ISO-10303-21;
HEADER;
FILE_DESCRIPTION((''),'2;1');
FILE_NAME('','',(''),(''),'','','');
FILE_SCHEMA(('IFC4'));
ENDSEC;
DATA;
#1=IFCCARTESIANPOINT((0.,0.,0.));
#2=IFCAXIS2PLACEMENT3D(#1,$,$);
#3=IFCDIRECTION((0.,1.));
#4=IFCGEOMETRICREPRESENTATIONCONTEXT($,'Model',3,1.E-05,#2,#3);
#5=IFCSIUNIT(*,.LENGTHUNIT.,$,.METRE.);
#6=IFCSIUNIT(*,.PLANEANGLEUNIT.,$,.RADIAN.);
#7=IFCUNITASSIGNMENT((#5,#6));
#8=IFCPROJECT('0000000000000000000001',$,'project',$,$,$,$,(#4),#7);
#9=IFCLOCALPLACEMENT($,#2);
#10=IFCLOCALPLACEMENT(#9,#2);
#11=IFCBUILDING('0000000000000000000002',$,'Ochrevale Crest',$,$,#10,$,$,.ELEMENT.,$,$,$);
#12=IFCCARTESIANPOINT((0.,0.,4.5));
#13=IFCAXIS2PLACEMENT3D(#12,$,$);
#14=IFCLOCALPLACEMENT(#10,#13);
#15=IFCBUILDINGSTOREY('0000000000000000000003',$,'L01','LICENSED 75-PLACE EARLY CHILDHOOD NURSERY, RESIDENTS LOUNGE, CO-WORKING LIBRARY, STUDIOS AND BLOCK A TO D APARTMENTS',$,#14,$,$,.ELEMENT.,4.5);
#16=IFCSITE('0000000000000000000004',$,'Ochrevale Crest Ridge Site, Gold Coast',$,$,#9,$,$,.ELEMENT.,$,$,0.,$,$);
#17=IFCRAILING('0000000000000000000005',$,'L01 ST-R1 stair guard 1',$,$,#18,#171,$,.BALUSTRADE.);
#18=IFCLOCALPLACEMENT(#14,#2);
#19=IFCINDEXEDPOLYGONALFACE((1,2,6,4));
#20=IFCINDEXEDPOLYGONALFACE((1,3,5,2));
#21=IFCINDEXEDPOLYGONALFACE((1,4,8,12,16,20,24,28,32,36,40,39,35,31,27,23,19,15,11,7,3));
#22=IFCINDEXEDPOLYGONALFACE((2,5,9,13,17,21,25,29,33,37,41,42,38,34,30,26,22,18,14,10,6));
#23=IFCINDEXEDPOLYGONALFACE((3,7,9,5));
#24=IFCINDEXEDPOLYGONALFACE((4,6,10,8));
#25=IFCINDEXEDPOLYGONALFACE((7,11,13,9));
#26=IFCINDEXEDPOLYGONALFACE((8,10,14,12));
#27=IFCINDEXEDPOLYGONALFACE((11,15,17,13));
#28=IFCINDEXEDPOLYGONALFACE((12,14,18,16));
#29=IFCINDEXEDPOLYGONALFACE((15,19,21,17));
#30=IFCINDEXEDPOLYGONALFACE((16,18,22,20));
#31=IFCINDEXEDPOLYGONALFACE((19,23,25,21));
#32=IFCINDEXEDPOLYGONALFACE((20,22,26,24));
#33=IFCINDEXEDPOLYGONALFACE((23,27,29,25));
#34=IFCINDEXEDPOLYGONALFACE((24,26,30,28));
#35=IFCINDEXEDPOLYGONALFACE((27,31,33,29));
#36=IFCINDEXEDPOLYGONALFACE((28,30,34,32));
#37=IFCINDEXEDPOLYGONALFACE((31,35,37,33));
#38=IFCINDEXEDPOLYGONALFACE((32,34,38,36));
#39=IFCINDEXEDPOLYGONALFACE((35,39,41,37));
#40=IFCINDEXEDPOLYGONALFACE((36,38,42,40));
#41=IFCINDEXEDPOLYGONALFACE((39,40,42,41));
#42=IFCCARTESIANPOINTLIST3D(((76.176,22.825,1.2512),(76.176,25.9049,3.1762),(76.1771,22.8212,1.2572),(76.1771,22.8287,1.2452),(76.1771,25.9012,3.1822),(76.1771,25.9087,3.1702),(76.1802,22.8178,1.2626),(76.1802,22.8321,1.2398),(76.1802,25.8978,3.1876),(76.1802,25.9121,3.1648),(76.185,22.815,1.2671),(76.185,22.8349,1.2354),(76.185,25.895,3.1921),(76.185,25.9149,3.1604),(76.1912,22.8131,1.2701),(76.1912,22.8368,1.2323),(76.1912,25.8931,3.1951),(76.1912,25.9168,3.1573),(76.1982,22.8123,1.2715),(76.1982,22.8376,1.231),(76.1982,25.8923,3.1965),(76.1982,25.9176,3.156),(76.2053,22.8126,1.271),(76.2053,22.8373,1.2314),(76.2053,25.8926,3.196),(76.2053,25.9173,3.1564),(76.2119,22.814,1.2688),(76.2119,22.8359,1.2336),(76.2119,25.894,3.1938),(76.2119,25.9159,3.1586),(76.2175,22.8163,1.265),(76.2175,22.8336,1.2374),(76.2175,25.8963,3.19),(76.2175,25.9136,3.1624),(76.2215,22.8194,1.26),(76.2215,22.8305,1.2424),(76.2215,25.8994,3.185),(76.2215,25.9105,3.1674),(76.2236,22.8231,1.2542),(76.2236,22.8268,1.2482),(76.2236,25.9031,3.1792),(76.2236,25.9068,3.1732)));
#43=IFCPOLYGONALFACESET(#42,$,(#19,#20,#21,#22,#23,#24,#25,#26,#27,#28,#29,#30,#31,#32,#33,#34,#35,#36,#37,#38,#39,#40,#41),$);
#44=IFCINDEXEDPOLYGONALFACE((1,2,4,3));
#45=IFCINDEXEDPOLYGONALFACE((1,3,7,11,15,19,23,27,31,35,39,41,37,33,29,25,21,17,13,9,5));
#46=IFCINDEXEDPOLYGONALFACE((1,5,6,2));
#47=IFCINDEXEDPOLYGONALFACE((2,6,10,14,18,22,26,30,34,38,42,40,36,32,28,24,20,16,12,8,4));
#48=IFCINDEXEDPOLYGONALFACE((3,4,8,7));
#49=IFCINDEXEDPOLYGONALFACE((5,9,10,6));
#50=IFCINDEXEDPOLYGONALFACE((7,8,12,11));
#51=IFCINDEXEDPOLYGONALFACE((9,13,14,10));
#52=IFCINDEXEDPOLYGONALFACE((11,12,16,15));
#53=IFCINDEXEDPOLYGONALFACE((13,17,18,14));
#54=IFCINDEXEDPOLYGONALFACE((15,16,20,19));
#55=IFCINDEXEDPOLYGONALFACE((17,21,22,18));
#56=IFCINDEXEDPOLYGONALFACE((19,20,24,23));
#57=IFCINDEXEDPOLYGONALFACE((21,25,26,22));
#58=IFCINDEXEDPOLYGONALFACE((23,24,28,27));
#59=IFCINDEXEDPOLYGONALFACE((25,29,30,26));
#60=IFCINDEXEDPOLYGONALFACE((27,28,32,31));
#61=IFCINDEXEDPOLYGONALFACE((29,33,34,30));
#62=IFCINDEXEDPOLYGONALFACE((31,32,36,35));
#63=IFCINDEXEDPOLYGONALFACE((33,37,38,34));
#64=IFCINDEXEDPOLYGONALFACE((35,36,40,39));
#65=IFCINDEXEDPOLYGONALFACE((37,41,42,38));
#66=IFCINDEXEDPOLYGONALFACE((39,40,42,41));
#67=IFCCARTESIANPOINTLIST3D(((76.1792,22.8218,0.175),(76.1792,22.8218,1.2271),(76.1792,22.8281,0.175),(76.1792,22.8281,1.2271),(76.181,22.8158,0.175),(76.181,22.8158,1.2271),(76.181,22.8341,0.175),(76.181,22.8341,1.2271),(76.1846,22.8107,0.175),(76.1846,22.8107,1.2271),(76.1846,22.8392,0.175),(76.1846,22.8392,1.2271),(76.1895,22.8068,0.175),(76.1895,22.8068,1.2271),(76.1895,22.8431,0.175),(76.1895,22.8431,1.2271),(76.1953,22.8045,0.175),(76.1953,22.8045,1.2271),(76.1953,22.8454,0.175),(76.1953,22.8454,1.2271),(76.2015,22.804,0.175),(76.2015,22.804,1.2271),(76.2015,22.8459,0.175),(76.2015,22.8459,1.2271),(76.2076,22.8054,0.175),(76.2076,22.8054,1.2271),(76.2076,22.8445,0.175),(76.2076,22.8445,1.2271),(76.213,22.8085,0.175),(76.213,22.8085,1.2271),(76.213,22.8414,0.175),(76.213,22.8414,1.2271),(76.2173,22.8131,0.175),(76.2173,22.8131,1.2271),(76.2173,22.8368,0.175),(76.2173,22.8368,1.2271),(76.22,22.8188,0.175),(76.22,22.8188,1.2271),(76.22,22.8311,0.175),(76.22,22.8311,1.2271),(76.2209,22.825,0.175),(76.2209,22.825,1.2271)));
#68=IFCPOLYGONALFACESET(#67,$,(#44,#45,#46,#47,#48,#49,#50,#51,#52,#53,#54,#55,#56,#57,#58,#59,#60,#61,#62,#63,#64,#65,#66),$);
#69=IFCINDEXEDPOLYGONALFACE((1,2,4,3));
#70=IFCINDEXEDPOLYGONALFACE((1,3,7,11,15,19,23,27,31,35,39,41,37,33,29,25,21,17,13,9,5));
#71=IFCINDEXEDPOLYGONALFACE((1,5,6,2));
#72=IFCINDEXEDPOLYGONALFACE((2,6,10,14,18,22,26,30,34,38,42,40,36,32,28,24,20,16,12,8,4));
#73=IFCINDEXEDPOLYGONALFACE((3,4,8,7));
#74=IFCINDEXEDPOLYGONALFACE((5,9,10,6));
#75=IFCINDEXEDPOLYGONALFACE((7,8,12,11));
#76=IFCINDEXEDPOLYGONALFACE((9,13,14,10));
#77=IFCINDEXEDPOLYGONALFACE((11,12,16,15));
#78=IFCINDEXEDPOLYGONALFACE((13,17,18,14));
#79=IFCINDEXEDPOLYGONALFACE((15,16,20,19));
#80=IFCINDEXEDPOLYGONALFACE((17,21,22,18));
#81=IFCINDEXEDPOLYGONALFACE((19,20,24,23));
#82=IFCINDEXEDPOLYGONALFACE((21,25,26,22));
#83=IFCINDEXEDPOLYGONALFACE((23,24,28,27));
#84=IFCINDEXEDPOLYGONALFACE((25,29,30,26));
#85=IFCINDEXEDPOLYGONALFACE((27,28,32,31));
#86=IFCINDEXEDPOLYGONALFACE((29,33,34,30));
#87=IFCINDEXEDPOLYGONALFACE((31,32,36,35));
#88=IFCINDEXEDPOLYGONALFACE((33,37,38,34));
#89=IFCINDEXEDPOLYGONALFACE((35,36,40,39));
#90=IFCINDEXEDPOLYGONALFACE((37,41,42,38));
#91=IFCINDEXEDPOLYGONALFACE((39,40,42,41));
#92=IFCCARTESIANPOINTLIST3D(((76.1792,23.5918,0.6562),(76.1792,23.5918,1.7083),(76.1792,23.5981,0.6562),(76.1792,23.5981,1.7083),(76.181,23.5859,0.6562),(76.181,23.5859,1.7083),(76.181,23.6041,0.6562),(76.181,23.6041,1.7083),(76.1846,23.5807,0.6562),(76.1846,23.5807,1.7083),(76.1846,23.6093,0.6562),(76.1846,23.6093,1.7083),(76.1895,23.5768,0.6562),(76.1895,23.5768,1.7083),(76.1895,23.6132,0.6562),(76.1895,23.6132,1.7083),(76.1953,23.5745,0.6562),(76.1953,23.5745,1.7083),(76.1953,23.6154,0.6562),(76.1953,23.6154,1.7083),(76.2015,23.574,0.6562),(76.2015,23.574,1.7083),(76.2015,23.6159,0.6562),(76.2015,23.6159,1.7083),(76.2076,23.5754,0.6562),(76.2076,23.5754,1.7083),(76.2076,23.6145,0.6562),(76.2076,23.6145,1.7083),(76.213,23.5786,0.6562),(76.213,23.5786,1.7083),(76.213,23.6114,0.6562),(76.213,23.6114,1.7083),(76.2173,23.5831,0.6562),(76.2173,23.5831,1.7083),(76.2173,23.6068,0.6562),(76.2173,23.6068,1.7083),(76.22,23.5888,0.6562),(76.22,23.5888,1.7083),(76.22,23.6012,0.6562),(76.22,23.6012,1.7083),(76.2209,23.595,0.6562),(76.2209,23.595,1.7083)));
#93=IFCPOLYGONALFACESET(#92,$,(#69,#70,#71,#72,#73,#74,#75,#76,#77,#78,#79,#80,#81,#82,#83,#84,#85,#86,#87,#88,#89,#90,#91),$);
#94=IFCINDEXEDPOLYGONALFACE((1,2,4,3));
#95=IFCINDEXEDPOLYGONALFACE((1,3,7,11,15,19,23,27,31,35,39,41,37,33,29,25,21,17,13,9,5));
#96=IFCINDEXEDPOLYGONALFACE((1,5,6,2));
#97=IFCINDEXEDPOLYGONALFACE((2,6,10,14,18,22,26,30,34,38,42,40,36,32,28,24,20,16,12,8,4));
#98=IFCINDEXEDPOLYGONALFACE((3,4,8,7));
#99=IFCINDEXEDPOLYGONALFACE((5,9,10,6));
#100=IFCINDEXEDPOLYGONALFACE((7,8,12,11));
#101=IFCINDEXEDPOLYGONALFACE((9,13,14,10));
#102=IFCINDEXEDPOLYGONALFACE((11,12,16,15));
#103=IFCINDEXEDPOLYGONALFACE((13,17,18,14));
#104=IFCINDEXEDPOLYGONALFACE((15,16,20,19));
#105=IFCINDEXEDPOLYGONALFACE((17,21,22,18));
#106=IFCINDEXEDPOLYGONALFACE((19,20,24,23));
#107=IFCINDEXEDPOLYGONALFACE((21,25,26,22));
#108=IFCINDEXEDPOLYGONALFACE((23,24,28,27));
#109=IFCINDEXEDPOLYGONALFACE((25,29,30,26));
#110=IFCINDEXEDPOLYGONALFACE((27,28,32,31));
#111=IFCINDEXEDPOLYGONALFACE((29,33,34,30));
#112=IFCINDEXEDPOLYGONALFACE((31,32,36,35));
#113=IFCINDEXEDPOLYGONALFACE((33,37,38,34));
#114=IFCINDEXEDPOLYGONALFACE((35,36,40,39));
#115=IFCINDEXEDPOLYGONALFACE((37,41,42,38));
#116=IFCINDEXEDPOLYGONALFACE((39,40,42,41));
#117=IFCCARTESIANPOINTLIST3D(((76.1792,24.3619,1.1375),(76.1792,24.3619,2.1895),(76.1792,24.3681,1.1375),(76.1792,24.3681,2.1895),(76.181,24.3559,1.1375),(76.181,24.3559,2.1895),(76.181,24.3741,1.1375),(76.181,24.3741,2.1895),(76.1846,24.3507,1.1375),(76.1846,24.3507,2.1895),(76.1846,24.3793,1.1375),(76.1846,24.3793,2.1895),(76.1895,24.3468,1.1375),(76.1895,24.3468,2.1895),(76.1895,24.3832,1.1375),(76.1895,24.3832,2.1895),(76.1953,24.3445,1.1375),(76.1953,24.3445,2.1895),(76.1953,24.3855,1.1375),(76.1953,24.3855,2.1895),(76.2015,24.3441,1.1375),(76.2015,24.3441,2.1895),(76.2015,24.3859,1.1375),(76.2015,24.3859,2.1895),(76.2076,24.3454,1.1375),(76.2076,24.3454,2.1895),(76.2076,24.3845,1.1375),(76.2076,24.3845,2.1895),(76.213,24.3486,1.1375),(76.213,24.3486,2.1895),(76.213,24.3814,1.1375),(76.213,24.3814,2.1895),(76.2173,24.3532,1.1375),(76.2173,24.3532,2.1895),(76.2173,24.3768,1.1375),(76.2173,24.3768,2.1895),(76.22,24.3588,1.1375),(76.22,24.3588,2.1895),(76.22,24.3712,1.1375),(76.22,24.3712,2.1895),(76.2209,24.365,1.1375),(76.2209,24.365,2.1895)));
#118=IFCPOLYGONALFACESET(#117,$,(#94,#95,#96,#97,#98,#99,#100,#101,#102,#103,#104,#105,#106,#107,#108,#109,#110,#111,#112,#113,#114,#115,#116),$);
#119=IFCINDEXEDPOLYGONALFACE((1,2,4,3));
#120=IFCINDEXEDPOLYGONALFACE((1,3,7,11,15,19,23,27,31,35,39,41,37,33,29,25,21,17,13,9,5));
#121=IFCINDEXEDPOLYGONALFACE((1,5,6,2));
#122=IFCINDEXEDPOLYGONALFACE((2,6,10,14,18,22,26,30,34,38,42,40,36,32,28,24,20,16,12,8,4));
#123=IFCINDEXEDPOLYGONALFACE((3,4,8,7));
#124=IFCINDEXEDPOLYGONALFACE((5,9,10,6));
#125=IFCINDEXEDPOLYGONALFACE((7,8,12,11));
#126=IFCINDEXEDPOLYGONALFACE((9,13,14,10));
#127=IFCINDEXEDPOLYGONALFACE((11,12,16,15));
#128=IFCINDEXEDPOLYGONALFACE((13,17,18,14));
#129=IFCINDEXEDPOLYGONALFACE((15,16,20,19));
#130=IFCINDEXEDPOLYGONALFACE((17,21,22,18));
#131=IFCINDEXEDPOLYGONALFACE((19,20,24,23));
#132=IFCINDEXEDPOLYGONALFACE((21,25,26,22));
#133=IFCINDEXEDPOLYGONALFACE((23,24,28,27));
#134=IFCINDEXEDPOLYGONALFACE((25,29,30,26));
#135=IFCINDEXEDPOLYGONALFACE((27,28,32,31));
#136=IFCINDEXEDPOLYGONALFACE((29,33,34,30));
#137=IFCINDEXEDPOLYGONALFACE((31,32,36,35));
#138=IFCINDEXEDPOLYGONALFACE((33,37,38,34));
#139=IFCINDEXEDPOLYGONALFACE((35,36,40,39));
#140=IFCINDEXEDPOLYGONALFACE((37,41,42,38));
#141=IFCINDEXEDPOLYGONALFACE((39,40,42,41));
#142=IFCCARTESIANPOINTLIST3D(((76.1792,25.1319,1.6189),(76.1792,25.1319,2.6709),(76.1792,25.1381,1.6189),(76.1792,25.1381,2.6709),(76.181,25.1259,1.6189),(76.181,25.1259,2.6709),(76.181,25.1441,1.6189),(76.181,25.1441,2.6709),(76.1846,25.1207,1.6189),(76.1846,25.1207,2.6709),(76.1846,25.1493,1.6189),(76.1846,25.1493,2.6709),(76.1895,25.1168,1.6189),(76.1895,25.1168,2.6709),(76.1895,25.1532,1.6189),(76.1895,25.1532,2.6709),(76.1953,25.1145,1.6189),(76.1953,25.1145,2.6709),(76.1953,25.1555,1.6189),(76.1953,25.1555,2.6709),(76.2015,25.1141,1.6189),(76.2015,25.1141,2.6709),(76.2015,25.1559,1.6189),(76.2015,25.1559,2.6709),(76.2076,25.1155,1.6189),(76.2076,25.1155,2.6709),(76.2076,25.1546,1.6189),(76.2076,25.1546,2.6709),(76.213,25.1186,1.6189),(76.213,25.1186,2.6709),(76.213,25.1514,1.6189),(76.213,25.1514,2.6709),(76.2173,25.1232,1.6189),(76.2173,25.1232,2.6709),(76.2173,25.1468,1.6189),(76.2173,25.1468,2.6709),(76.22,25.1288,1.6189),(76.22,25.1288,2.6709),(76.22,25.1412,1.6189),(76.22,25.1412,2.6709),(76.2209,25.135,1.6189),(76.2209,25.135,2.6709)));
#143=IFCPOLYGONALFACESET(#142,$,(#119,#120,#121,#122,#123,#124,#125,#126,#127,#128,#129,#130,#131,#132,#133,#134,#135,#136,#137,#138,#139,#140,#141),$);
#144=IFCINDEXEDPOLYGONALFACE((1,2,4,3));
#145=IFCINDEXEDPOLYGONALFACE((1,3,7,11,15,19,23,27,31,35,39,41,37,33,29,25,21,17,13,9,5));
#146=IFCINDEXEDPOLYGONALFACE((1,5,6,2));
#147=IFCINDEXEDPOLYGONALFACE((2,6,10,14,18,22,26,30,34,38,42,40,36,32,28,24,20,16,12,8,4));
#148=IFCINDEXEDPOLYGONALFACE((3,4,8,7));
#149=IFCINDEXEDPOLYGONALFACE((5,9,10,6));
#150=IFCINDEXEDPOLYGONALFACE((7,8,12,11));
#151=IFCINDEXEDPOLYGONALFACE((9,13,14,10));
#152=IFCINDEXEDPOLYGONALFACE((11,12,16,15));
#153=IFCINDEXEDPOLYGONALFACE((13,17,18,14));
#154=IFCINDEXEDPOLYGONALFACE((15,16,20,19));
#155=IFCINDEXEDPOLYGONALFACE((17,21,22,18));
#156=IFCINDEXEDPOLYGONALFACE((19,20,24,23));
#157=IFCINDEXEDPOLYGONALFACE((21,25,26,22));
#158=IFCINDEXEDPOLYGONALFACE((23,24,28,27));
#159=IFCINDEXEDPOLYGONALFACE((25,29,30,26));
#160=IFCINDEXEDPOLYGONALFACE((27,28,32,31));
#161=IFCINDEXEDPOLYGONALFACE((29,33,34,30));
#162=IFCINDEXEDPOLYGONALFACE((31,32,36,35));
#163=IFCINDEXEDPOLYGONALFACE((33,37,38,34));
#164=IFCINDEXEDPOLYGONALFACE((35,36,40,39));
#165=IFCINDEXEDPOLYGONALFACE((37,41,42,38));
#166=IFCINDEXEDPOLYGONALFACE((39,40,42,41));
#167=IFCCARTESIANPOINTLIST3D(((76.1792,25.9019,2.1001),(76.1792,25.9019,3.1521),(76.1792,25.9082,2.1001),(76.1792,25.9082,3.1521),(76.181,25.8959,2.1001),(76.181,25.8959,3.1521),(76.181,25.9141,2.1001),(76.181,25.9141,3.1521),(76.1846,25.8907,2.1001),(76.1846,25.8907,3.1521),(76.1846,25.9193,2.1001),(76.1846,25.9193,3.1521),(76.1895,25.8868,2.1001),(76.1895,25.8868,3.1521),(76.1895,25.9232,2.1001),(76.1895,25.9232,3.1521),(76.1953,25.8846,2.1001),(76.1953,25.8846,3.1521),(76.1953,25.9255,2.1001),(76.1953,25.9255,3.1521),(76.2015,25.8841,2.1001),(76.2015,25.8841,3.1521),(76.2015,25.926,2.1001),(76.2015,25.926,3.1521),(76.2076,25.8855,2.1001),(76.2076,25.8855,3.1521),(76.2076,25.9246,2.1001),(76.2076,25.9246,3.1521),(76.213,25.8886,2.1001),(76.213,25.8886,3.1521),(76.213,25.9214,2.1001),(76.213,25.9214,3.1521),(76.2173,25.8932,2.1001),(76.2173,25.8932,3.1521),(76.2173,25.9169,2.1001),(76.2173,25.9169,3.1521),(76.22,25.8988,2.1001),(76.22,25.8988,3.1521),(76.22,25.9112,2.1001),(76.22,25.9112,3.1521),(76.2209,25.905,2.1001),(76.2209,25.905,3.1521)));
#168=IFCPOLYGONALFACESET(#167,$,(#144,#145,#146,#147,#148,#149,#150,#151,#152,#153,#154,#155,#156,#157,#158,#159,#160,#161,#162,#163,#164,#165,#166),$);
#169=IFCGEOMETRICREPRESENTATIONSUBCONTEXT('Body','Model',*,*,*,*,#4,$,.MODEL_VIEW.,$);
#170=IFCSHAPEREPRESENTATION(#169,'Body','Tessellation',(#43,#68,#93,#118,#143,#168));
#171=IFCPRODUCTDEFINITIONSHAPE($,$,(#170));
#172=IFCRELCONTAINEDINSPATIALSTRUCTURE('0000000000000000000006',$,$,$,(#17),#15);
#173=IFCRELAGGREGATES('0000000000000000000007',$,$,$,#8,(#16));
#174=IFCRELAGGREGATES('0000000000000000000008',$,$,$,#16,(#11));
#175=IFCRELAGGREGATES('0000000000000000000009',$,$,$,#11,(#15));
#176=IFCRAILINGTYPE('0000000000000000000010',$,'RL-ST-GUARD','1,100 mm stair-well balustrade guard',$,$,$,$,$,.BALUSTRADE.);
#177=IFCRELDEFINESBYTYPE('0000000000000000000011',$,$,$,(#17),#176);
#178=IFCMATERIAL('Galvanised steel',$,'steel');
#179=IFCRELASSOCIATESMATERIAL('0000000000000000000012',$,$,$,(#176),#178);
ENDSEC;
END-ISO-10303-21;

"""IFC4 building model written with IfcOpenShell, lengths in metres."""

from ifc_helpers import new_model, si_unit, direction, frame, origin, origin_2d, place, context, subcontext, project, spatial, circle, extrude, material, type_object, element, save


model = new_model("IFC4")

# Units and contexts
model_context = context("Model", 3, precision=1e-05, world=origin(), true_north=direction((0.0, 1.0)))
body_context = subcontext(model_context, "Body", "Model", "MODEL_VIEW")
ifc_project = project(units=[si_unit("LENGTHUNIT", "METRE"), si_unit("PLANEANGLEUNIT", "RADIAN")], contexts=[model_context])

# Site, building, storey
site_placement = place(None, origin())
site = spatial("IfcSite", under=ifc_project, at=site_placement, Name="Ochrevale Crest Ridge Site, Gold Coast", CompositionType="ELEMENT", RefElevation=0.0)
building_placement = place(site_placement, origin())
building = spatial("IfcBuilding", under=site, at=building_placement, Name="Ochrevale Crest", CompositionType="ELEMENT")
storey_placement = place(building_placement, frame((0.0, 0.0, 4.5)))
storey = spatial("IfcBuildingStorey", under=building, at=storey_placement, Name="L01", Description="LICENSED 75-PLACE EARLY CHILDHOOD NURSERY, RESIDENTS LOUNGE, CO-WORKING LIBRARY, STUDIOS AND BLOCK A TO D APARTMENTS", CompositionType="ELEMENT", Elevation=4.5)

# Railing
ifc_material_1 = material(Name="Galvanised steel", Category="steel")
railing_type_1 = type_object("IfcRailingType", Name="RL-ST-GUARD", Description="1,100 mm stair-well balustrade guard", PredefinedType="BALUSTRADE", material=ifc_material_1)
railing_1_placement = place(storey_placement, frame((76.2, 22.825, 0.175)))
element("IfcRailing", 1, at=railing_1_placement, inside=storey, type_object=railing_type_1, Name="L01 ST-R1 stair guard 1", PredefinedType="BALUSTRADE", context=body_context, shape_type="SweptSolid", body=[
    extrude(circle(Radius=0.0239, at=origin_2d()), frame((0.0, 0.0, 1.0762), z_axis=(0.0, 0.847998, 0.529999), x_axis=(-1.0, 0.0, 0.0)), (0.0, 0.0, 1.0), 3.6321),
    extrude(circle(Radius=0.021, at=origin_2d()), origin(), (0.0, 0.0, 1.0), 1.052),
    extrude(circle(Radius=0.021, at=origin_2d()), frame((0.0, 0.77, 0.4812)), (0.0, 0.0, 1.0), 1.052),
    extrude(circle(Radius=0.021, at=origin_2d()), frame((0.0, 1.54, 0.9624)), (0.0, 0.0, 1.0), 1.052),
    extrude(circle(Radius=0.021, at=origin_2d()), frame((0.0, 2.3101, 1.4438)), (0.0, 0.0, 1.0), 1.052),
    extrude(circle(Radius=0.021, at=origin_2d()), frame((0.0, 3.0801, 1.925)), (0.0, 0.0, 1.0), 1.052),
])

save(model, "model.ifc")
